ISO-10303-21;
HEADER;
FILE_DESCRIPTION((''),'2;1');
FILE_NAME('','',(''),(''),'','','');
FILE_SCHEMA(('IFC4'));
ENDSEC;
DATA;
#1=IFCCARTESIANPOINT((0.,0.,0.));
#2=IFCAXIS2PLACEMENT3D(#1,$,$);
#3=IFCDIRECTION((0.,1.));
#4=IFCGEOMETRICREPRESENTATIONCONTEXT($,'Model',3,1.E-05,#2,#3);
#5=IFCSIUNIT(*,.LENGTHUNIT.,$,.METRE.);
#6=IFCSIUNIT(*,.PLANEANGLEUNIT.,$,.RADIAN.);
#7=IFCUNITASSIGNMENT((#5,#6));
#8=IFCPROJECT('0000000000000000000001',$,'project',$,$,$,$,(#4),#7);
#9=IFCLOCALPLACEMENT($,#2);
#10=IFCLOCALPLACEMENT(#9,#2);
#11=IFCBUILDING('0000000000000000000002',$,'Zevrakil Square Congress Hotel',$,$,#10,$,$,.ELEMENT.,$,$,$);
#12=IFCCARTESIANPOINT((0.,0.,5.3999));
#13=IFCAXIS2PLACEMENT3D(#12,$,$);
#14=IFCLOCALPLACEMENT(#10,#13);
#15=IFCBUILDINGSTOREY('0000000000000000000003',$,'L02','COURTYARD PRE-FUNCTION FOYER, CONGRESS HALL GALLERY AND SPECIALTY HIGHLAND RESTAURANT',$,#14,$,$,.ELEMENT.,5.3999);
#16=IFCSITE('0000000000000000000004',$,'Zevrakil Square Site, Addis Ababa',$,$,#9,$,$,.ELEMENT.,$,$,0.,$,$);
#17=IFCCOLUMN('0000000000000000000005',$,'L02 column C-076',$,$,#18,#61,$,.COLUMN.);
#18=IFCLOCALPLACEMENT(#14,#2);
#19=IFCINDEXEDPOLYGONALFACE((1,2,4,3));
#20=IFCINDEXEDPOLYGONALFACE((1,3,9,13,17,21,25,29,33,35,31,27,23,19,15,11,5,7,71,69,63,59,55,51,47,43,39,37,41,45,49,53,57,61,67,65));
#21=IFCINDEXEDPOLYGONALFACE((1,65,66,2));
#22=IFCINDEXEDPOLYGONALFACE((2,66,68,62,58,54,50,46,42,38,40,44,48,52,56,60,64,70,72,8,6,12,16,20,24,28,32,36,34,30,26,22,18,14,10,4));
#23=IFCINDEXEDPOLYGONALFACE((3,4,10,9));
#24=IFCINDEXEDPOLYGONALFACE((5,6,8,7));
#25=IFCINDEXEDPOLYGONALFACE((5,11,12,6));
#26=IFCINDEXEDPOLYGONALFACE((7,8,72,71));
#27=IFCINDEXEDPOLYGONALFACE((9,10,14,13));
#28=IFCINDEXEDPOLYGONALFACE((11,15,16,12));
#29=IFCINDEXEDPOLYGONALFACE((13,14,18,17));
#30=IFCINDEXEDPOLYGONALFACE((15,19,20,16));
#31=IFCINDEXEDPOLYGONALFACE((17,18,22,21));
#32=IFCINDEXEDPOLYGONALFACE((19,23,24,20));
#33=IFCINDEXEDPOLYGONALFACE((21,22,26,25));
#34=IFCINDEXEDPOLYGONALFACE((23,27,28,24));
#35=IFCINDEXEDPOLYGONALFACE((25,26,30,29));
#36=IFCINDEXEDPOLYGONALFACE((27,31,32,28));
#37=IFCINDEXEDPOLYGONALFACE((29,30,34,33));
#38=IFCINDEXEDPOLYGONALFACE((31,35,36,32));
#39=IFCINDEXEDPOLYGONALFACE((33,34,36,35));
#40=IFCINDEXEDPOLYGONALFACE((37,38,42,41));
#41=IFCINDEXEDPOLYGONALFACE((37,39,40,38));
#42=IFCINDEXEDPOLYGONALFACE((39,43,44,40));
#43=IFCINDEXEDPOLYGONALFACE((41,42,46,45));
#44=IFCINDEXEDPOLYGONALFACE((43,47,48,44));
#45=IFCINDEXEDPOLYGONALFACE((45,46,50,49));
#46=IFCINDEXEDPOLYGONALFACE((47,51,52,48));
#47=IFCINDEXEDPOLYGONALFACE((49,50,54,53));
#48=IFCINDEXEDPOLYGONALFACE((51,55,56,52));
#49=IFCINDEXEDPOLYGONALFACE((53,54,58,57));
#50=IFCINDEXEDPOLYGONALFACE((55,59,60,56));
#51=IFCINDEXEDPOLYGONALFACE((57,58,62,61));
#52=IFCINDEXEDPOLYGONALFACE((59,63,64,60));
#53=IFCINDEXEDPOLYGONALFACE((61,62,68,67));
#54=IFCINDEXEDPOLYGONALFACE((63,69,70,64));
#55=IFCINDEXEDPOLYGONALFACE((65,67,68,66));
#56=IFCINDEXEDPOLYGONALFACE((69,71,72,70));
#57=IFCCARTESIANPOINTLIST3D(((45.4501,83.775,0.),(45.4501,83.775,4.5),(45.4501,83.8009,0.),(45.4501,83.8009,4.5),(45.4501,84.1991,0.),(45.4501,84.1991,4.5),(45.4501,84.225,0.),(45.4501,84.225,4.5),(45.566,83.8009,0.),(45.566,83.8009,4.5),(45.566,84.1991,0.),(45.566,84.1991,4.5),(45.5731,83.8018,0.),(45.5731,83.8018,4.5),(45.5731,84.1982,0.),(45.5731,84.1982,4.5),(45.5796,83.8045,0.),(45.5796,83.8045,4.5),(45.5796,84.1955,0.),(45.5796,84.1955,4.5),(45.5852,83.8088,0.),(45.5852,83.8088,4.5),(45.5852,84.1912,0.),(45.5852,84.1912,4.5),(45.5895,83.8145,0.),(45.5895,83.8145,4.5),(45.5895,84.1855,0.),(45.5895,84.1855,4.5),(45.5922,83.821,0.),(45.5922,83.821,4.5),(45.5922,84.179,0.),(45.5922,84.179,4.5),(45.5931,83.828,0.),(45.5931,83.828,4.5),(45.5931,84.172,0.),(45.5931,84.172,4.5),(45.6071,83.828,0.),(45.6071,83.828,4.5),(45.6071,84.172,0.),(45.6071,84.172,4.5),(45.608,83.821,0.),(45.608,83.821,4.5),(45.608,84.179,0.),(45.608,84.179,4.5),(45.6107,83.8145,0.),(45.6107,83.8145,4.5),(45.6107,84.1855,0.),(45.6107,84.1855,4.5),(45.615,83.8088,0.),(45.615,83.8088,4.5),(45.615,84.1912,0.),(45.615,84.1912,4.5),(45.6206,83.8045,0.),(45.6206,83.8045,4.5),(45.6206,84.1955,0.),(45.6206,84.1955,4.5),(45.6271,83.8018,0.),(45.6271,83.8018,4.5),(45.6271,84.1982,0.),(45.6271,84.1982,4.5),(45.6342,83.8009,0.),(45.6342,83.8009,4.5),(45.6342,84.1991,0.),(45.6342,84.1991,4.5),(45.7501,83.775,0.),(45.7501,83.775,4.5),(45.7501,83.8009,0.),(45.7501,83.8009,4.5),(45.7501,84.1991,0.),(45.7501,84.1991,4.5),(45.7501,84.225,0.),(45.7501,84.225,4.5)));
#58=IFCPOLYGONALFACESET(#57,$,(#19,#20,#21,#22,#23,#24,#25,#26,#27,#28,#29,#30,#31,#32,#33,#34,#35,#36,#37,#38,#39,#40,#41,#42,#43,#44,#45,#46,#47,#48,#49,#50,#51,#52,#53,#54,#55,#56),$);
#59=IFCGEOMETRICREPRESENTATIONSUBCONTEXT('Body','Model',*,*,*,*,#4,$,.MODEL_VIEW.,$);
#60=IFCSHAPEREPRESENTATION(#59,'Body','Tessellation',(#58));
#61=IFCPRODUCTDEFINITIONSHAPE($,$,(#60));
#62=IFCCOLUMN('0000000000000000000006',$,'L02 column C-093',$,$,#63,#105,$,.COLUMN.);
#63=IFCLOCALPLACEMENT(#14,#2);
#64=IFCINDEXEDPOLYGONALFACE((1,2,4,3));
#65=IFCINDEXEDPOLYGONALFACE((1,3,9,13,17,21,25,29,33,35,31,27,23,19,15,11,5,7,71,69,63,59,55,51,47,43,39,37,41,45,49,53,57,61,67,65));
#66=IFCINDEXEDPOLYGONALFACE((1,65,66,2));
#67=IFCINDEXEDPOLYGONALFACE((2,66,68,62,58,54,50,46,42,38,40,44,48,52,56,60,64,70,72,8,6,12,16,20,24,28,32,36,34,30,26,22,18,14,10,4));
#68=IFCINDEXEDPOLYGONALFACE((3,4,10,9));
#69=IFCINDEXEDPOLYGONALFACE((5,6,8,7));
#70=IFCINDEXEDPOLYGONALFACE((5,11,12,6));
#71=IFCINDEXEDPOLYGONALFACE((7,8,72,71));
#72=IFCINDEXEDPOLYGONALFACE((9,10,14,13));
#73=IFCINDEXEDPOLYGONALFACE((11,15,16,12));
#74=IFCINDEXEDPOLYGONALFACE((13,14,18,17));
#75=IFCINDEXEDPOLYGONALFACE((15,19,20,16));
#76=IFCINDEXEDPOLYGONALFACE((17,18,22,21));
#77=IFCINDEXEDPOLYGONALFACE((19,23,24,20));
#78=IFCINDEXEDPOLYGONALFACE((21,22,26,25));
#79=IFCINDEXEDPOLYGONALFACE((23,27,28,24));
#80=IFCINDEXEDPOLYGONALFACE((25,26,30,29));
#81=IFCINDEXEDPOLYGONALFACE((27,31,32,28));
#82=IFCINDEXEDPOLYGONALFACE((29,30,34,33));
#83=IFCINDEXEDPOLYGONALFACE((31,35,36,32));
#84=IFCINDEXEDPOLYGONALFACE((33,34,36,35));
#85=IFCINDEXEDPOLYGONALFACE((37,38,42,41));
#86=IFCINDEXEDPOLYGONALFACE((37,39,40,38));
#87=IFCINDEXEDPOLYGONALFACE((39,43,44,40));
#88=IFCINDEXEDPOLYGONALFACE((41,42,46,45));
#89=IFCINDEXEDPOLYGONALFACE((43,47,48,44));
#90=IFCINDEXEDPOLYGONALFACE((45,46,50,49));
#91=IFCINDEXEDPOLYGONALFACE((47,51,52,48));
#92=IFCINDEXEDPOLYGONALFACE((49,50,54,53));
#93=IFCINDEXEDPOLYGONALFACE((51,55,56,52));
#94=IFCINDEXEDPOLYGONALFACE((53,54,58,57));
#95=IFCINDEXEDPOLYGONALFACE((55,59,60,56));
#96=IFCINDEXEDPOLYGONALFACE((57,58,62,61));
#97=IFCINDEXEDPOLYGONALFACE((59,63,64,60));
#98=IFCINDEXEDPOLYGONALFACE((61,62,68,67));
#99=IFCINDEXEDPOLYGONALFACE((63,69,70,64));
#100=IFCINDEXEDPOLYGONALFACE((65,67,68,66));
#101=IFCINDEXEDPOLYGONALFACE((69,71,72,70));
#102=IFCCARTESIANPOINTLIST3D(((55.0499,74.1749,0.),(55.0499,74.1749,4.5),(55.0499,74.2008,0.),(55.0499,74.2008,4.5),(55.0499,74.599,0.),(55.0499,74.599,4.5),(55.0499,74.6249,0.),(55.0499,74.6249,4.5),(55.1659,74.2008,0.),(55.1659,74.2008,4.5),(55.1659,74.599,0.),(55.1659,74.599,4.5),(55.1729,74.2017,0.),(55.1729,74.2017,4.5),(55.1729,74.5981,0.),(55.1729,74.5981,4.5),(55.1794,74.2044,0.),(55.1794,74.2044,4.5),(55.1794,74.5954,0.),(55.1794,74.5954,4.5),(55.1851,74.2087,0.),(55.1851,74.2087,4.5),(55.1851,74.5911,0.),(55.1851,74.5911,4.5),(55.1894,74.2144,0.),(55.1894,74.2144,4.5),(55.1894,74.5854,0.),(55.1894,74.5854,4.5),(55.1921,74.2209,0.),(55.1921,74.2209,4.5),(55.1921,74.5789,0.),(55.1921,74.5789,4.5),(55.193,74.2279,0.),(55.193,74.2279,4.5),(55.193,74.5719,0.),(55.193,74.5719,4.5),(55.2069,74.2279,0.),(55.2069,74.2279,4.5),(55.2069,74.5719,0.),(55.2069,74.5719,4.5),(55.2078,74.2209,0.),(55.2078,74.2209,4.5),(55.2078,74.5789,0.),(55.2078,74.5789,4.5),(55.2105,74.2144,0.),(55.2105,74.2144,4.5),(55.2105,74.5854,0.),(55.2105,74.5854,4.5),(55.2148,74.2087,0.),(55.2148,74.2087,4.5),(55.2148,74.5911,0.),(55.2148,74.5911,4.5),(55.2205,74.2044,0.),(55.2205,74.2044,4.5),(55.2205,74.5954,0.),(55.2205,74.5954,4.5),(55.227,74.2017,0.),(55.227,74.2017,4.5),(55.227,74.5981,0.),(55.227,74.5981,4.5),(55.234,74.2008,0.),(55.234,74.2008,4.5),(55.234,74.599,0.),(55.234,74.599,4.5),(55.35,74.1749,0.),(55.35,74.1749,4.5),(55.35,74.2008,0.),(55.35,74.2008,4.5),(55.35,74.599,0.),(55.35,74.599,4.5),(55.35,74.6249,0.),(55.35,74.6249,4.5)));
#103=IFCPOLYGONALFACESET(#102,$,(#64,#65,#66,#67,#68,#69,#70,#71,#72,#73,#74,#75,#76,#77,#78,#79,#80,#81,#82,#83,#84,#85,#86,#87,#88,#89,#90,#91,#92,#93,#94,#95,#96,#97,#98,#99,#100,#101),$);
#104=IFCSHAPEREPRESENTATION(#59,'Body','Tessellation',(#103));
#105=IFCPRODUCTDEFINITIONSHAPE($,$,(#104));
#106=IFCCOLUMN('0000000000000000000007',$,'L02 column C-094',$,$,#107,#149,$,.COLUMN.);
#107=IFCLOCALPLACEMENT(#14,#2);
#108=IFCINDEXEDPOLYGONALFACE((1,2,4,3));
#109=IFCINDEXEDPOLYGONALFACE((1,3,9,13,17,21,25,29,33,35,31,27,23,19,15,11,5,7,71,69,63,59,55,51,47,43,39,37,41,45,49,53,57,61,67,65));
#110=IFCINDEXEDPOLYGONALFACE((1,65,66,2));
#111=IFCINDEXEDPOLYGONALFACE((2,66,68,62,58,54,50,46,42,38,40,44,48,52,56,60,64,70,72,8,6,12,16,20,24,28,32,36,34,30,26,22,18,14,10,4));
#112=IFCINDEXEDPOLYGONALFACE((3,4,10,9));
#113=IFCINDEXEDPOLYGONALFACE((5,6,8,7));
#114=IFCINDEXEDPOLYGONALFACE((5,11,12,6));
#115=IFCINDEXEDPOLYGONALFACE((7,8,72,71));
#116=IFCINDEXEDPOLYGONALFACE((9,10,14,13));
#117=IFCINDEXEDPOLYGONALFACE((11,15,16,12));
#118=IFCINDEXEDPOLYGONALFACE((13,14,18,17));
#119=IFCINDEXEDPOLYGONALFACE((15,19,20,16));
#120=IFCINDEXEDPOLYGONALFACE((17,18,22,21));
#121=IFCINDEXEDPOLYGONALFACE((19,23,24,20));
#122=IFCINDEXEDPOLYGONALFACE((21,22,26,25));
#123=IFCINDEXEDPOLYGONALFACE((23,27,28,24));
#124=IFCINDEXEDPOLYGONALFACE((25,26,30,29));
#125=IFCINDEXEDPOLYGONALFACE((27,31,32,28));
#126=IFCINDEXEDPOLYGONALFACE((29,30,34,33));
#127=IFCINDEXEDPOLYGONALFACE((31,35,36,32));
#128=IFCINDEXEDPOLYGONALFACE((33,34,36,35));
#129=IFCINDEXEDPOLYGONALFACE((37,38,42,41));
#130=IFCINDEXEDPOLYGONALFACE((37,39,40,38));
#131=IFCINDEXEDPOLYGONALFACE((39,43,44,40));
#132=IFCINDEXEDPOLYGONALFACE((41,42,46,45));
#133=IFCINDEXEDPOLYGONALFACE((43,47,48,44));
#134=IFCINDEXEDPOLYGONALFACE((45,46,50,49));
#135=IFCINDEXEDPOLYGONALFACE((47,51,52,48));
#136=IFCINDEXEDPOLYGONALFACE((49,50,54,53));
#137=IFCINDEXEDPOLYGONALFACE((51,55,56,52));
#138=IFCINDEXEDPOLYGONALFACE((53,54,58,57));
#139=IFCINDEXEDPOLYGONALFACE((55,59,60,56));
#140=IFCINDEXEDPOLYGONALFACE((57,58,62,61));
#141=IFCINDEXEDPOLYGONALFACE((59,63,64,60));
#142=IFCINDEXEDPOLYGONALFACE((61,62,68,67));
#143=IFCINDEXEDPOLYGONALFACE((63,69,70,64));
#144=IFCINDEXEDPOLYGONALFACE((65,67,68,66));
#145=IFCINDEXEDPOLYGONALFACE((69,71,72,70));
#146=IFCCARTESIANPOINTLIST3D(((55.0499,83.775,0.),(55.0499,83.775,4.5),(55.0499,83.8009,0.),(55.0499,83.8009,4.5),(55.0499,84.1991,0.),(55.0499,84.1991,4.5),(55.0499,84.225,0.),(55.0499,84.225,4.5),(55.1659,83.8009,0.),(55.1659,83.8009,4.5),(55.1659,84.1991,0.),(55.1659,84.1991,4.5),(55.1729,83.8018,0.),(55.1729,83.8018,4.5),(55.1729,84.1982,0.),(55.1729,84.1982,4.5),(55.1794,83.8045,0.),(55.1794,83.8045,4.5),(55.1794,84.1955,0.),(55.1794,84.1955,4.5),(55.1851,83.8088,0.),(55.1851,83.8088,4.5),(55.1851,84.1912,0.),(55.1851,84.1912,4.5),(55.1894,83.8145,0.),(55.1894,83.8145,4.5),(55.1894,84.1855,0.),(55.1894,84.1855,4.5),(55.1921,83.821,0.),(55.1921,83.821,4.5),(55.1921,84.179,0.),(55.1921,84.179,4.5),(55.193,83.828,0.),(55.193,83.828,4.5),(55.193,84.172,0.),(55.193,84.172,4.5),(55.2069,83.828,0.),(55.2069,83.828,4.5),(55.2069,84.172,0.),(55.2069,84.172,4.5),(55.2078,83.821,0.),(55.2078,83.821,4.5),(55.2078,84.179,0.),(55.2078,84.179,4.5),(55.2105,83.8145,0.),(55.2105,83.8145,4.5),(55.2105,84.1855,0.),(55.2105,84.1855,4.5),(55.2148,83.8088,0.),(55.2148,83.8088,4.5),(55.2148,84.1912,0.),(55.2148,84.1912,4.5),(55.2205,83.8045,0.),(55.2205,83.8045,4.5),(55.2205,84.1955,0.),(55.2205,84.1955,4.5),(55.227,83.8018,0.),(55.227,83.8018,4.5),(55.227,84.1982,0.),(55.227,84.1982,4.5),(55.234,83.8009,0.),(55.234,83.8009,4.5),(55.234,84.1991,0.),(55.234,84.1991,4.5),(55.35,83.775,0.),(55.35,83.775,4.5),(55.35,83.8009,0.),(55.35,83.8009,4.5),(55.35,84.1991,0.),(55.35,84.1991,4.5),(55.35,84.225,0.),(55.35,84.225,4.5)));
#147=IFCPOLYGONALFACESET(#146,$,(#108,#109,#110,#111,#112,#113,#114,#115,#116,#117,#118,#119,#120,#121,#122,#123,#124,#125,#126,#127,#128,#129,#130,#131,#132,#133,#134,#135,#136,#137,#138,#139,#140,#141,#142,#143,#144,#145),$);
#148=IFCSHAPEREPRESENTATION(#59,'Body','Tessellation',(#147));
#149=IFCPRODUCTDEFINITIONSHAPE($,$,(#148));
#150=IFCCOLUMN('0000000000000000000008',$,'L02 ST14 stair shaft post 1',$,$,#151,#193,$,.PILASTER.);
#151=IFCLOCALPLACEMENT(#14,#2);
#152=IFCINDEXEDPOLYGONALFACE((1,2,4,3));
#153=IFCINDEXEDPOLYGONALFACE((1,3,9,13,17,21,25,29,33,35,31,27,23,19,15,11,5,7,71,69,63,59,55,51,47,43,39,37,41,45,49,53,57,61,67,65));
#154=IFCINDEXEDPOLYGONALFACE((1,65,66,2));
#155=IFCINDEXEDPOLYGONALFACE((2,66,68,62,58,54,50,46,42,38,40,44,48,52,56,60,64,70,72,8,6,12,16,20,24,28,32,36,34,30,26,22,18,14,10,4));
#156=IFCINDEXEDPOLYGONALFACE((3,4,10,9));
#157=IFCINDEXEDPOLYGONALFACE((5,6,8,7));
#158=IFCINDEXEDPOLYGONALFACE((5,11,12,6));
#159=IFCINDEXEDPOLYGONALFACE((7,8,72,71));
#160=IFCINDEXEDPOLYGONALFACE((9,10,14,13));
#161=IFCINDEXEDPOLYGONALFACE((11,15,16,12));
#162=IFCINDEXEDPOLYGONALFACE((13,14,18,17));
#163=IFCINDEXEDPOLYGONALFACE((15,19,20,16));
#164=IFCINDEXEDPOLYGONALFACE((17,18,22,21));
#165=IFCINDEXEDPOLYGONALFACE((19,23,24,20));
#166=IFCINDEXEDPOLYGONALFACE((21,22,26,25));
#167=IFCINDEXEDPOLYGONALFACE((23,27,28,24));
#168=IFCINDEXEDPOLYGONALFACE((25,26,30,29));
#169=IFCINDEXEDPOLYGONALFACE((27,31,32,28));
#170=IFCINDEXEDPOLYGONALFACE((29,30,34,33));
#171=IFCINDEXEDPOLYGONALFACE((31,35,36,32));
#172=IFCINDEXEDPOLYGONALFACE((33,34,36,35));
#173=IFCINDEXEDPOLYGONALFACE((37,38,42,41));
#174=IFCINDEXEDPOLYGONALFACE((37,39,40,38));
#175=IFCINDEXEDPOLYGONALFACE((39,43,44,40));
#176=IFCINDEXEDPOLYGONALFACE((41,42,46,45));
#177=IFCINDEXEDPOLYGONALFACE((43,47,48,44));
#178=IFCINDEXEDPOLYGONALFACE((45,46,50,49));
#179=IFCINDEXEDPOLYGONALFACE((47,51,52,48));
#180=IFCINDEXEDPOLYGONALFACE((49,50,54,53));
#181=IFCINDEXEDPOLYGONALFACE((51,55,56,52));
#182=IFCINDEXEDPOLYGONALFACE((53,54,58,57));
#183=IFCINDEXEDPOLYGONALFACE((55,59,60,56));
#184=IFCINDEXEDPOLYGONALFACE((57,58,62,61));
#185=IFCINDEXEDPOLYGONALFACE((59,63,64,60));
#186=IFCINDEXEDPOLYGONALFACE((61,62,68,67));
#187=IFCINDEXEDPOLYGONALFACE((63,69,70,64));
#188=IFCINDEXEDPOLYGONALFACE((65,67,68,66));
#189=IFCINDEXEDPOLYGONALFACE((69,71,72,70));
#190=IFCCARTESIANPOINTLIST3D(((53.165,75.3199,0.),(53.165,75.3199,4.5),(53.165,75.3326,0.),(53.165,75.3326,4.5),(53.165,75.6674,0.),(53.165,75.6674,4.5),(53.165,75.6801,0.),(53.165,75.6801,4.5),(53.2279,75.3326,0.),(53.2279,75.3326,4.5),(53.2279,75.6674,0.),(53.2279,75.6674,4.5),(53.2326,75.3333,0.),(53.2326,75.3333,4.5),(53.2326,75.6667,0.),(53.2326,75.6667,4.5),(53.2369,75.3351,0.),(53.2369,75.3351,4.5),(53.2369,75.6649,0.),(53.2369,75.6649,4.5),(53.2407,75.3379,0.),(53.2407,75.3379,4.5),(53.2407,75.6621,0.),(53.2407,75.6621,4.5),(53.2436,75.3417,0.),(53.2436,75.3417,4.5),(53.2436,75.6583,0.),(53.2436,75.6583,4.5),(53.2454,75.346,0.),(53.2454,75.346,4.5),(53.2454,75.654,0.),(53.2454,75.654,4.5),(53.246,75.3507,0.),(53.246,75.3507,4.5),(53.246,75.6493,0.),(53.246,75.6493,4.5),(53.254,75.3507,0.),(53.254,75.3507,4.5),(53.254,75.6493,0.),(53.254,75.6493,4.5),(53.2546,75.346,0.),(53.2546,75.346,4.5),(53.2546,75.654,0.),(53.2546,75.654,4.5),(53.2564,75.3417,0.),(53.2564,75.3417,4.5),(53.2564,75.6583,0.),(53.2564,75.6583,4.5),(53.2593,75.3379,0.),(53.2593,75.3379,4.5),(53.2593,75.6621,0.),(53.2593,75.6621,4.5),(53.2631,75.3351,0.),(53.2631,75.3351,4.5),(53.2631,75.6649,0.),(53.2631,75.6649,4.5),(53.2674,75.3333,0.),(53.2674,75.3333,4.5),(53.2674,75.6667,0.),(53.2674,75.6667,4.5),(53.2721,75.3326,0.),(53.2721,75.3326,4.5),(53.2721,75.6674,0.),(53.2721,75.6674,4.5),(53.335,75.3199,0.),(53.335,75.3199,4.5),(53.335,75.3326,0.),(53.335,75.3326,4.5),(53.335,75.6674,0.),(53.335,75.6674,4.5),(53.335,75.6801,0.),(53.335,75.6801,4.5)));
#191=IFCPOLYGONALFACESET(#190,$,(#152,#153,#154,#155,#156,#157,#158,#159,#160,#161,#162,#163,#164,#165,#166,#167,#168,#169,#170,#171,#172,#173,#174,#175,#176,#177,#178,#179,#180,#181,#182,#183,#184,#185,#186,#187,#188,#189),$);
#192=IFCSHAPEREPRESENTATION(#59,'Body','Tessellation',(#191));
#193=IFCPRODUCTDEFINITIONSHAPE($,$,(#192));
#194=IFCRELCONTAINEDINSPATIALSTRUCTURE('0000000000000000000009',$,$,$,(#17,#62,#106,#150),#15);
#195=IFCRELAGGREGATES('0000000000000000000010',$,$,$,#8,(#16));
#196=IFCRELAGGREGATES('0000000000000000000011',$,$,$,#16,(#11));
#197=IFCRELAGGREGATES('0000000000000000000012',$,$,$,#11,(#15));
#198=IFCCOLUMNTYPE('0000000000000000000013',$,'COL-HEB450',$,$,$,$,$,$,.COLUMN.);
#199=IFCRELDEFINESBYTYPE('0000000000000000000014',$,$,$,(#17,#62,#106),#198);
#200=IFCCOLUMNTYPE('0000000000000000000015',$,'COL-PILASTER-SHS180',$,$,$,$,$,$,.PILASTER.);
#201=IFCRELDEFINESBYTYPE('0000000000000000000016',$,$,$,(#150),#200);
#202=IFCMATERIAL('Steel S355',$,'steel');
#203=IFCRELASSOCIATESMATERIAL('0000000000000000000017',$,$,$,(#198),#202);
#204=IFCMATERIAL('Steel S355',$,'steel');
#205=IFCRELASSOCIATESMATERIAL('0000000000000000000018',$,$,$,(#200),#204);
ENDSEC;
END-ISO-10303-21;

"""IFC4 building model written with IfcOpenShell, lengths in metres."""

from ifc_helpers import new_model, si_unit, direction, frame, origin, origin_2d, place, context, subcontext, project, spatial, i_section, extrude, material, material_profile, profile_set, type_object, element, save


model = new_model("IFC4")

# Units and contexts
model_context = context("Model", 3, precision=1e-05, world=origin(), true_north=direction((0.0, 1.0)))
body_context = subcontext(model_context, "Body", "Model", "MODEL_VIEW")
ifc_project = project(units=[si_unit("LENGTHUNIT", "METRE"), si_unit("PLANEANGLEUNIT", "RADIAN")], contexts=[model_context])

# Site, building, storey
site_placement = place(None, origin())
site = spatial("IfcSite", under=ifc_project, at=site_placement, Name="Zevrakil Square Site, Addis Ababa", CompositionType="ELEMENT", RefElevation=0.0)
building_placement = place(site_placement, origin())
building = spatial("IfcBuilding", under=site, at=building_placement, Name="Zevrakil Square Congress Hotel", CompositionType="ELEMENT")
storey_placement = place(building_placement, frame((0.0, 0.0, 5.3999)))
storey = spatial("IfcBuildingStorey", under=building, at=storey_placement, Name="L02", Description="COURTYARD PRE-FUNCTION FOYER, CONGRESS HALL GALLERY AND SPECIALTY HIGHLAND RESTAURANT", CompositionType="ELEMENT", Elevation=5.3999)

# Columns
ifc_material_1 = material(Name="Steel S355", Category="steel")
ifc_material_profile_1 = material_profile(ifc_material_1, i_section(OverallWidth=0.3, OverallDepth=0.45, WebThickness=0.0139, FlangeThickness=0.0259, FilletRadius=0.0271, at=origin_2d()), Name="HEB 450")
ifc_profile_set_1 = profile_set([ifc_material_profile_1], Name="Steel S355")
column_type_1 = type_object("IfcColumnType", Name="COL-HEB450", PredefinedType="COLUMN", material=ifc_profile_set_1)
for number, where, z_axis, x_axis, name in (
    (1, (45.6001, 84.0, 0.0), (0.0, 0.0, 1.0), (1.0, 0.0, 0.0), "L02 column C-076"),
    (2, (55.2, 74.3999, 0.0), (0.0, 0.0, 1.0), (1.0, 0.0, 0.0), "L02 column C-093"),
    (3, (55.2, 84.0, 0.0), (0.0, 0.0, 1.0), (1.0, 0.0, 0.0), "L02 column C-094"),
):
    element("IfcColumn", number, at=place(storey_placement, frame(where, z_axis=z_axis, x_axis=x_axis)), inside=storey, type_object=column_type_1, Name=name, PredefinedType="COLUMN", context=body_context, shape_type="SweptSolid", body=[
        extrude(i_section(OverallWidth=0.3, OverallDepth=0.45, WebThickness=0.0139, FlangeThickness=0.0259, FilletRadius=0.0271, at=origin_2d()), origin(), (0.0, 0.0, 1.0), 4.5),
    ])
ifc_material_2 = material(Name="Steel S355", Category="steel")
ifc_material_profile_2 = material_profile(ifc_material_2, i_section(OverallWidth=0.1699, OverallDepth=0.3601, WebThickness=0.0081, FlangeThickness=0.0127, FilletRadius=0.0181, at=origin_2d()), Name="IPE 360")
ifc_profile_set_2 = profile_set([ifc_material_profile_2], Name="Steel S355")
column_type_2 = type_object("IfcColumnType", Name="COL-PILASTER-SHS180", PredefinedType="PILASTER", material=ifc_profile_set_2)
for number, where, z_axis, x_axis, name in (
    (4, (53.25, 75.5, 0.0), (0.0, 0.0, 1.0), (1.0, 0.0, 0.0), "L02 ST14 stair shaft post 1"),
):
    element("IfcColumn", number, at=place(storey_placement, frame(where, z_axis=z_axis, x_axis=x_axis)), inside=storey, type_object=column_type_2, Name=name, PredefinedType="PILASTER", context=body_context, shape_type="SweptSolid", body=[
        extrude(i_section(OverallWidth=0.1699, OverallDepth=0.3601, WebThickness=0.0081, FlangeThickness=0.0127, FilletRadius=0.0181, at=origin_2d()), origin(), (0.0, 0.0, 1.0), 4.5),
    ])

save(model, "model.ifc")
